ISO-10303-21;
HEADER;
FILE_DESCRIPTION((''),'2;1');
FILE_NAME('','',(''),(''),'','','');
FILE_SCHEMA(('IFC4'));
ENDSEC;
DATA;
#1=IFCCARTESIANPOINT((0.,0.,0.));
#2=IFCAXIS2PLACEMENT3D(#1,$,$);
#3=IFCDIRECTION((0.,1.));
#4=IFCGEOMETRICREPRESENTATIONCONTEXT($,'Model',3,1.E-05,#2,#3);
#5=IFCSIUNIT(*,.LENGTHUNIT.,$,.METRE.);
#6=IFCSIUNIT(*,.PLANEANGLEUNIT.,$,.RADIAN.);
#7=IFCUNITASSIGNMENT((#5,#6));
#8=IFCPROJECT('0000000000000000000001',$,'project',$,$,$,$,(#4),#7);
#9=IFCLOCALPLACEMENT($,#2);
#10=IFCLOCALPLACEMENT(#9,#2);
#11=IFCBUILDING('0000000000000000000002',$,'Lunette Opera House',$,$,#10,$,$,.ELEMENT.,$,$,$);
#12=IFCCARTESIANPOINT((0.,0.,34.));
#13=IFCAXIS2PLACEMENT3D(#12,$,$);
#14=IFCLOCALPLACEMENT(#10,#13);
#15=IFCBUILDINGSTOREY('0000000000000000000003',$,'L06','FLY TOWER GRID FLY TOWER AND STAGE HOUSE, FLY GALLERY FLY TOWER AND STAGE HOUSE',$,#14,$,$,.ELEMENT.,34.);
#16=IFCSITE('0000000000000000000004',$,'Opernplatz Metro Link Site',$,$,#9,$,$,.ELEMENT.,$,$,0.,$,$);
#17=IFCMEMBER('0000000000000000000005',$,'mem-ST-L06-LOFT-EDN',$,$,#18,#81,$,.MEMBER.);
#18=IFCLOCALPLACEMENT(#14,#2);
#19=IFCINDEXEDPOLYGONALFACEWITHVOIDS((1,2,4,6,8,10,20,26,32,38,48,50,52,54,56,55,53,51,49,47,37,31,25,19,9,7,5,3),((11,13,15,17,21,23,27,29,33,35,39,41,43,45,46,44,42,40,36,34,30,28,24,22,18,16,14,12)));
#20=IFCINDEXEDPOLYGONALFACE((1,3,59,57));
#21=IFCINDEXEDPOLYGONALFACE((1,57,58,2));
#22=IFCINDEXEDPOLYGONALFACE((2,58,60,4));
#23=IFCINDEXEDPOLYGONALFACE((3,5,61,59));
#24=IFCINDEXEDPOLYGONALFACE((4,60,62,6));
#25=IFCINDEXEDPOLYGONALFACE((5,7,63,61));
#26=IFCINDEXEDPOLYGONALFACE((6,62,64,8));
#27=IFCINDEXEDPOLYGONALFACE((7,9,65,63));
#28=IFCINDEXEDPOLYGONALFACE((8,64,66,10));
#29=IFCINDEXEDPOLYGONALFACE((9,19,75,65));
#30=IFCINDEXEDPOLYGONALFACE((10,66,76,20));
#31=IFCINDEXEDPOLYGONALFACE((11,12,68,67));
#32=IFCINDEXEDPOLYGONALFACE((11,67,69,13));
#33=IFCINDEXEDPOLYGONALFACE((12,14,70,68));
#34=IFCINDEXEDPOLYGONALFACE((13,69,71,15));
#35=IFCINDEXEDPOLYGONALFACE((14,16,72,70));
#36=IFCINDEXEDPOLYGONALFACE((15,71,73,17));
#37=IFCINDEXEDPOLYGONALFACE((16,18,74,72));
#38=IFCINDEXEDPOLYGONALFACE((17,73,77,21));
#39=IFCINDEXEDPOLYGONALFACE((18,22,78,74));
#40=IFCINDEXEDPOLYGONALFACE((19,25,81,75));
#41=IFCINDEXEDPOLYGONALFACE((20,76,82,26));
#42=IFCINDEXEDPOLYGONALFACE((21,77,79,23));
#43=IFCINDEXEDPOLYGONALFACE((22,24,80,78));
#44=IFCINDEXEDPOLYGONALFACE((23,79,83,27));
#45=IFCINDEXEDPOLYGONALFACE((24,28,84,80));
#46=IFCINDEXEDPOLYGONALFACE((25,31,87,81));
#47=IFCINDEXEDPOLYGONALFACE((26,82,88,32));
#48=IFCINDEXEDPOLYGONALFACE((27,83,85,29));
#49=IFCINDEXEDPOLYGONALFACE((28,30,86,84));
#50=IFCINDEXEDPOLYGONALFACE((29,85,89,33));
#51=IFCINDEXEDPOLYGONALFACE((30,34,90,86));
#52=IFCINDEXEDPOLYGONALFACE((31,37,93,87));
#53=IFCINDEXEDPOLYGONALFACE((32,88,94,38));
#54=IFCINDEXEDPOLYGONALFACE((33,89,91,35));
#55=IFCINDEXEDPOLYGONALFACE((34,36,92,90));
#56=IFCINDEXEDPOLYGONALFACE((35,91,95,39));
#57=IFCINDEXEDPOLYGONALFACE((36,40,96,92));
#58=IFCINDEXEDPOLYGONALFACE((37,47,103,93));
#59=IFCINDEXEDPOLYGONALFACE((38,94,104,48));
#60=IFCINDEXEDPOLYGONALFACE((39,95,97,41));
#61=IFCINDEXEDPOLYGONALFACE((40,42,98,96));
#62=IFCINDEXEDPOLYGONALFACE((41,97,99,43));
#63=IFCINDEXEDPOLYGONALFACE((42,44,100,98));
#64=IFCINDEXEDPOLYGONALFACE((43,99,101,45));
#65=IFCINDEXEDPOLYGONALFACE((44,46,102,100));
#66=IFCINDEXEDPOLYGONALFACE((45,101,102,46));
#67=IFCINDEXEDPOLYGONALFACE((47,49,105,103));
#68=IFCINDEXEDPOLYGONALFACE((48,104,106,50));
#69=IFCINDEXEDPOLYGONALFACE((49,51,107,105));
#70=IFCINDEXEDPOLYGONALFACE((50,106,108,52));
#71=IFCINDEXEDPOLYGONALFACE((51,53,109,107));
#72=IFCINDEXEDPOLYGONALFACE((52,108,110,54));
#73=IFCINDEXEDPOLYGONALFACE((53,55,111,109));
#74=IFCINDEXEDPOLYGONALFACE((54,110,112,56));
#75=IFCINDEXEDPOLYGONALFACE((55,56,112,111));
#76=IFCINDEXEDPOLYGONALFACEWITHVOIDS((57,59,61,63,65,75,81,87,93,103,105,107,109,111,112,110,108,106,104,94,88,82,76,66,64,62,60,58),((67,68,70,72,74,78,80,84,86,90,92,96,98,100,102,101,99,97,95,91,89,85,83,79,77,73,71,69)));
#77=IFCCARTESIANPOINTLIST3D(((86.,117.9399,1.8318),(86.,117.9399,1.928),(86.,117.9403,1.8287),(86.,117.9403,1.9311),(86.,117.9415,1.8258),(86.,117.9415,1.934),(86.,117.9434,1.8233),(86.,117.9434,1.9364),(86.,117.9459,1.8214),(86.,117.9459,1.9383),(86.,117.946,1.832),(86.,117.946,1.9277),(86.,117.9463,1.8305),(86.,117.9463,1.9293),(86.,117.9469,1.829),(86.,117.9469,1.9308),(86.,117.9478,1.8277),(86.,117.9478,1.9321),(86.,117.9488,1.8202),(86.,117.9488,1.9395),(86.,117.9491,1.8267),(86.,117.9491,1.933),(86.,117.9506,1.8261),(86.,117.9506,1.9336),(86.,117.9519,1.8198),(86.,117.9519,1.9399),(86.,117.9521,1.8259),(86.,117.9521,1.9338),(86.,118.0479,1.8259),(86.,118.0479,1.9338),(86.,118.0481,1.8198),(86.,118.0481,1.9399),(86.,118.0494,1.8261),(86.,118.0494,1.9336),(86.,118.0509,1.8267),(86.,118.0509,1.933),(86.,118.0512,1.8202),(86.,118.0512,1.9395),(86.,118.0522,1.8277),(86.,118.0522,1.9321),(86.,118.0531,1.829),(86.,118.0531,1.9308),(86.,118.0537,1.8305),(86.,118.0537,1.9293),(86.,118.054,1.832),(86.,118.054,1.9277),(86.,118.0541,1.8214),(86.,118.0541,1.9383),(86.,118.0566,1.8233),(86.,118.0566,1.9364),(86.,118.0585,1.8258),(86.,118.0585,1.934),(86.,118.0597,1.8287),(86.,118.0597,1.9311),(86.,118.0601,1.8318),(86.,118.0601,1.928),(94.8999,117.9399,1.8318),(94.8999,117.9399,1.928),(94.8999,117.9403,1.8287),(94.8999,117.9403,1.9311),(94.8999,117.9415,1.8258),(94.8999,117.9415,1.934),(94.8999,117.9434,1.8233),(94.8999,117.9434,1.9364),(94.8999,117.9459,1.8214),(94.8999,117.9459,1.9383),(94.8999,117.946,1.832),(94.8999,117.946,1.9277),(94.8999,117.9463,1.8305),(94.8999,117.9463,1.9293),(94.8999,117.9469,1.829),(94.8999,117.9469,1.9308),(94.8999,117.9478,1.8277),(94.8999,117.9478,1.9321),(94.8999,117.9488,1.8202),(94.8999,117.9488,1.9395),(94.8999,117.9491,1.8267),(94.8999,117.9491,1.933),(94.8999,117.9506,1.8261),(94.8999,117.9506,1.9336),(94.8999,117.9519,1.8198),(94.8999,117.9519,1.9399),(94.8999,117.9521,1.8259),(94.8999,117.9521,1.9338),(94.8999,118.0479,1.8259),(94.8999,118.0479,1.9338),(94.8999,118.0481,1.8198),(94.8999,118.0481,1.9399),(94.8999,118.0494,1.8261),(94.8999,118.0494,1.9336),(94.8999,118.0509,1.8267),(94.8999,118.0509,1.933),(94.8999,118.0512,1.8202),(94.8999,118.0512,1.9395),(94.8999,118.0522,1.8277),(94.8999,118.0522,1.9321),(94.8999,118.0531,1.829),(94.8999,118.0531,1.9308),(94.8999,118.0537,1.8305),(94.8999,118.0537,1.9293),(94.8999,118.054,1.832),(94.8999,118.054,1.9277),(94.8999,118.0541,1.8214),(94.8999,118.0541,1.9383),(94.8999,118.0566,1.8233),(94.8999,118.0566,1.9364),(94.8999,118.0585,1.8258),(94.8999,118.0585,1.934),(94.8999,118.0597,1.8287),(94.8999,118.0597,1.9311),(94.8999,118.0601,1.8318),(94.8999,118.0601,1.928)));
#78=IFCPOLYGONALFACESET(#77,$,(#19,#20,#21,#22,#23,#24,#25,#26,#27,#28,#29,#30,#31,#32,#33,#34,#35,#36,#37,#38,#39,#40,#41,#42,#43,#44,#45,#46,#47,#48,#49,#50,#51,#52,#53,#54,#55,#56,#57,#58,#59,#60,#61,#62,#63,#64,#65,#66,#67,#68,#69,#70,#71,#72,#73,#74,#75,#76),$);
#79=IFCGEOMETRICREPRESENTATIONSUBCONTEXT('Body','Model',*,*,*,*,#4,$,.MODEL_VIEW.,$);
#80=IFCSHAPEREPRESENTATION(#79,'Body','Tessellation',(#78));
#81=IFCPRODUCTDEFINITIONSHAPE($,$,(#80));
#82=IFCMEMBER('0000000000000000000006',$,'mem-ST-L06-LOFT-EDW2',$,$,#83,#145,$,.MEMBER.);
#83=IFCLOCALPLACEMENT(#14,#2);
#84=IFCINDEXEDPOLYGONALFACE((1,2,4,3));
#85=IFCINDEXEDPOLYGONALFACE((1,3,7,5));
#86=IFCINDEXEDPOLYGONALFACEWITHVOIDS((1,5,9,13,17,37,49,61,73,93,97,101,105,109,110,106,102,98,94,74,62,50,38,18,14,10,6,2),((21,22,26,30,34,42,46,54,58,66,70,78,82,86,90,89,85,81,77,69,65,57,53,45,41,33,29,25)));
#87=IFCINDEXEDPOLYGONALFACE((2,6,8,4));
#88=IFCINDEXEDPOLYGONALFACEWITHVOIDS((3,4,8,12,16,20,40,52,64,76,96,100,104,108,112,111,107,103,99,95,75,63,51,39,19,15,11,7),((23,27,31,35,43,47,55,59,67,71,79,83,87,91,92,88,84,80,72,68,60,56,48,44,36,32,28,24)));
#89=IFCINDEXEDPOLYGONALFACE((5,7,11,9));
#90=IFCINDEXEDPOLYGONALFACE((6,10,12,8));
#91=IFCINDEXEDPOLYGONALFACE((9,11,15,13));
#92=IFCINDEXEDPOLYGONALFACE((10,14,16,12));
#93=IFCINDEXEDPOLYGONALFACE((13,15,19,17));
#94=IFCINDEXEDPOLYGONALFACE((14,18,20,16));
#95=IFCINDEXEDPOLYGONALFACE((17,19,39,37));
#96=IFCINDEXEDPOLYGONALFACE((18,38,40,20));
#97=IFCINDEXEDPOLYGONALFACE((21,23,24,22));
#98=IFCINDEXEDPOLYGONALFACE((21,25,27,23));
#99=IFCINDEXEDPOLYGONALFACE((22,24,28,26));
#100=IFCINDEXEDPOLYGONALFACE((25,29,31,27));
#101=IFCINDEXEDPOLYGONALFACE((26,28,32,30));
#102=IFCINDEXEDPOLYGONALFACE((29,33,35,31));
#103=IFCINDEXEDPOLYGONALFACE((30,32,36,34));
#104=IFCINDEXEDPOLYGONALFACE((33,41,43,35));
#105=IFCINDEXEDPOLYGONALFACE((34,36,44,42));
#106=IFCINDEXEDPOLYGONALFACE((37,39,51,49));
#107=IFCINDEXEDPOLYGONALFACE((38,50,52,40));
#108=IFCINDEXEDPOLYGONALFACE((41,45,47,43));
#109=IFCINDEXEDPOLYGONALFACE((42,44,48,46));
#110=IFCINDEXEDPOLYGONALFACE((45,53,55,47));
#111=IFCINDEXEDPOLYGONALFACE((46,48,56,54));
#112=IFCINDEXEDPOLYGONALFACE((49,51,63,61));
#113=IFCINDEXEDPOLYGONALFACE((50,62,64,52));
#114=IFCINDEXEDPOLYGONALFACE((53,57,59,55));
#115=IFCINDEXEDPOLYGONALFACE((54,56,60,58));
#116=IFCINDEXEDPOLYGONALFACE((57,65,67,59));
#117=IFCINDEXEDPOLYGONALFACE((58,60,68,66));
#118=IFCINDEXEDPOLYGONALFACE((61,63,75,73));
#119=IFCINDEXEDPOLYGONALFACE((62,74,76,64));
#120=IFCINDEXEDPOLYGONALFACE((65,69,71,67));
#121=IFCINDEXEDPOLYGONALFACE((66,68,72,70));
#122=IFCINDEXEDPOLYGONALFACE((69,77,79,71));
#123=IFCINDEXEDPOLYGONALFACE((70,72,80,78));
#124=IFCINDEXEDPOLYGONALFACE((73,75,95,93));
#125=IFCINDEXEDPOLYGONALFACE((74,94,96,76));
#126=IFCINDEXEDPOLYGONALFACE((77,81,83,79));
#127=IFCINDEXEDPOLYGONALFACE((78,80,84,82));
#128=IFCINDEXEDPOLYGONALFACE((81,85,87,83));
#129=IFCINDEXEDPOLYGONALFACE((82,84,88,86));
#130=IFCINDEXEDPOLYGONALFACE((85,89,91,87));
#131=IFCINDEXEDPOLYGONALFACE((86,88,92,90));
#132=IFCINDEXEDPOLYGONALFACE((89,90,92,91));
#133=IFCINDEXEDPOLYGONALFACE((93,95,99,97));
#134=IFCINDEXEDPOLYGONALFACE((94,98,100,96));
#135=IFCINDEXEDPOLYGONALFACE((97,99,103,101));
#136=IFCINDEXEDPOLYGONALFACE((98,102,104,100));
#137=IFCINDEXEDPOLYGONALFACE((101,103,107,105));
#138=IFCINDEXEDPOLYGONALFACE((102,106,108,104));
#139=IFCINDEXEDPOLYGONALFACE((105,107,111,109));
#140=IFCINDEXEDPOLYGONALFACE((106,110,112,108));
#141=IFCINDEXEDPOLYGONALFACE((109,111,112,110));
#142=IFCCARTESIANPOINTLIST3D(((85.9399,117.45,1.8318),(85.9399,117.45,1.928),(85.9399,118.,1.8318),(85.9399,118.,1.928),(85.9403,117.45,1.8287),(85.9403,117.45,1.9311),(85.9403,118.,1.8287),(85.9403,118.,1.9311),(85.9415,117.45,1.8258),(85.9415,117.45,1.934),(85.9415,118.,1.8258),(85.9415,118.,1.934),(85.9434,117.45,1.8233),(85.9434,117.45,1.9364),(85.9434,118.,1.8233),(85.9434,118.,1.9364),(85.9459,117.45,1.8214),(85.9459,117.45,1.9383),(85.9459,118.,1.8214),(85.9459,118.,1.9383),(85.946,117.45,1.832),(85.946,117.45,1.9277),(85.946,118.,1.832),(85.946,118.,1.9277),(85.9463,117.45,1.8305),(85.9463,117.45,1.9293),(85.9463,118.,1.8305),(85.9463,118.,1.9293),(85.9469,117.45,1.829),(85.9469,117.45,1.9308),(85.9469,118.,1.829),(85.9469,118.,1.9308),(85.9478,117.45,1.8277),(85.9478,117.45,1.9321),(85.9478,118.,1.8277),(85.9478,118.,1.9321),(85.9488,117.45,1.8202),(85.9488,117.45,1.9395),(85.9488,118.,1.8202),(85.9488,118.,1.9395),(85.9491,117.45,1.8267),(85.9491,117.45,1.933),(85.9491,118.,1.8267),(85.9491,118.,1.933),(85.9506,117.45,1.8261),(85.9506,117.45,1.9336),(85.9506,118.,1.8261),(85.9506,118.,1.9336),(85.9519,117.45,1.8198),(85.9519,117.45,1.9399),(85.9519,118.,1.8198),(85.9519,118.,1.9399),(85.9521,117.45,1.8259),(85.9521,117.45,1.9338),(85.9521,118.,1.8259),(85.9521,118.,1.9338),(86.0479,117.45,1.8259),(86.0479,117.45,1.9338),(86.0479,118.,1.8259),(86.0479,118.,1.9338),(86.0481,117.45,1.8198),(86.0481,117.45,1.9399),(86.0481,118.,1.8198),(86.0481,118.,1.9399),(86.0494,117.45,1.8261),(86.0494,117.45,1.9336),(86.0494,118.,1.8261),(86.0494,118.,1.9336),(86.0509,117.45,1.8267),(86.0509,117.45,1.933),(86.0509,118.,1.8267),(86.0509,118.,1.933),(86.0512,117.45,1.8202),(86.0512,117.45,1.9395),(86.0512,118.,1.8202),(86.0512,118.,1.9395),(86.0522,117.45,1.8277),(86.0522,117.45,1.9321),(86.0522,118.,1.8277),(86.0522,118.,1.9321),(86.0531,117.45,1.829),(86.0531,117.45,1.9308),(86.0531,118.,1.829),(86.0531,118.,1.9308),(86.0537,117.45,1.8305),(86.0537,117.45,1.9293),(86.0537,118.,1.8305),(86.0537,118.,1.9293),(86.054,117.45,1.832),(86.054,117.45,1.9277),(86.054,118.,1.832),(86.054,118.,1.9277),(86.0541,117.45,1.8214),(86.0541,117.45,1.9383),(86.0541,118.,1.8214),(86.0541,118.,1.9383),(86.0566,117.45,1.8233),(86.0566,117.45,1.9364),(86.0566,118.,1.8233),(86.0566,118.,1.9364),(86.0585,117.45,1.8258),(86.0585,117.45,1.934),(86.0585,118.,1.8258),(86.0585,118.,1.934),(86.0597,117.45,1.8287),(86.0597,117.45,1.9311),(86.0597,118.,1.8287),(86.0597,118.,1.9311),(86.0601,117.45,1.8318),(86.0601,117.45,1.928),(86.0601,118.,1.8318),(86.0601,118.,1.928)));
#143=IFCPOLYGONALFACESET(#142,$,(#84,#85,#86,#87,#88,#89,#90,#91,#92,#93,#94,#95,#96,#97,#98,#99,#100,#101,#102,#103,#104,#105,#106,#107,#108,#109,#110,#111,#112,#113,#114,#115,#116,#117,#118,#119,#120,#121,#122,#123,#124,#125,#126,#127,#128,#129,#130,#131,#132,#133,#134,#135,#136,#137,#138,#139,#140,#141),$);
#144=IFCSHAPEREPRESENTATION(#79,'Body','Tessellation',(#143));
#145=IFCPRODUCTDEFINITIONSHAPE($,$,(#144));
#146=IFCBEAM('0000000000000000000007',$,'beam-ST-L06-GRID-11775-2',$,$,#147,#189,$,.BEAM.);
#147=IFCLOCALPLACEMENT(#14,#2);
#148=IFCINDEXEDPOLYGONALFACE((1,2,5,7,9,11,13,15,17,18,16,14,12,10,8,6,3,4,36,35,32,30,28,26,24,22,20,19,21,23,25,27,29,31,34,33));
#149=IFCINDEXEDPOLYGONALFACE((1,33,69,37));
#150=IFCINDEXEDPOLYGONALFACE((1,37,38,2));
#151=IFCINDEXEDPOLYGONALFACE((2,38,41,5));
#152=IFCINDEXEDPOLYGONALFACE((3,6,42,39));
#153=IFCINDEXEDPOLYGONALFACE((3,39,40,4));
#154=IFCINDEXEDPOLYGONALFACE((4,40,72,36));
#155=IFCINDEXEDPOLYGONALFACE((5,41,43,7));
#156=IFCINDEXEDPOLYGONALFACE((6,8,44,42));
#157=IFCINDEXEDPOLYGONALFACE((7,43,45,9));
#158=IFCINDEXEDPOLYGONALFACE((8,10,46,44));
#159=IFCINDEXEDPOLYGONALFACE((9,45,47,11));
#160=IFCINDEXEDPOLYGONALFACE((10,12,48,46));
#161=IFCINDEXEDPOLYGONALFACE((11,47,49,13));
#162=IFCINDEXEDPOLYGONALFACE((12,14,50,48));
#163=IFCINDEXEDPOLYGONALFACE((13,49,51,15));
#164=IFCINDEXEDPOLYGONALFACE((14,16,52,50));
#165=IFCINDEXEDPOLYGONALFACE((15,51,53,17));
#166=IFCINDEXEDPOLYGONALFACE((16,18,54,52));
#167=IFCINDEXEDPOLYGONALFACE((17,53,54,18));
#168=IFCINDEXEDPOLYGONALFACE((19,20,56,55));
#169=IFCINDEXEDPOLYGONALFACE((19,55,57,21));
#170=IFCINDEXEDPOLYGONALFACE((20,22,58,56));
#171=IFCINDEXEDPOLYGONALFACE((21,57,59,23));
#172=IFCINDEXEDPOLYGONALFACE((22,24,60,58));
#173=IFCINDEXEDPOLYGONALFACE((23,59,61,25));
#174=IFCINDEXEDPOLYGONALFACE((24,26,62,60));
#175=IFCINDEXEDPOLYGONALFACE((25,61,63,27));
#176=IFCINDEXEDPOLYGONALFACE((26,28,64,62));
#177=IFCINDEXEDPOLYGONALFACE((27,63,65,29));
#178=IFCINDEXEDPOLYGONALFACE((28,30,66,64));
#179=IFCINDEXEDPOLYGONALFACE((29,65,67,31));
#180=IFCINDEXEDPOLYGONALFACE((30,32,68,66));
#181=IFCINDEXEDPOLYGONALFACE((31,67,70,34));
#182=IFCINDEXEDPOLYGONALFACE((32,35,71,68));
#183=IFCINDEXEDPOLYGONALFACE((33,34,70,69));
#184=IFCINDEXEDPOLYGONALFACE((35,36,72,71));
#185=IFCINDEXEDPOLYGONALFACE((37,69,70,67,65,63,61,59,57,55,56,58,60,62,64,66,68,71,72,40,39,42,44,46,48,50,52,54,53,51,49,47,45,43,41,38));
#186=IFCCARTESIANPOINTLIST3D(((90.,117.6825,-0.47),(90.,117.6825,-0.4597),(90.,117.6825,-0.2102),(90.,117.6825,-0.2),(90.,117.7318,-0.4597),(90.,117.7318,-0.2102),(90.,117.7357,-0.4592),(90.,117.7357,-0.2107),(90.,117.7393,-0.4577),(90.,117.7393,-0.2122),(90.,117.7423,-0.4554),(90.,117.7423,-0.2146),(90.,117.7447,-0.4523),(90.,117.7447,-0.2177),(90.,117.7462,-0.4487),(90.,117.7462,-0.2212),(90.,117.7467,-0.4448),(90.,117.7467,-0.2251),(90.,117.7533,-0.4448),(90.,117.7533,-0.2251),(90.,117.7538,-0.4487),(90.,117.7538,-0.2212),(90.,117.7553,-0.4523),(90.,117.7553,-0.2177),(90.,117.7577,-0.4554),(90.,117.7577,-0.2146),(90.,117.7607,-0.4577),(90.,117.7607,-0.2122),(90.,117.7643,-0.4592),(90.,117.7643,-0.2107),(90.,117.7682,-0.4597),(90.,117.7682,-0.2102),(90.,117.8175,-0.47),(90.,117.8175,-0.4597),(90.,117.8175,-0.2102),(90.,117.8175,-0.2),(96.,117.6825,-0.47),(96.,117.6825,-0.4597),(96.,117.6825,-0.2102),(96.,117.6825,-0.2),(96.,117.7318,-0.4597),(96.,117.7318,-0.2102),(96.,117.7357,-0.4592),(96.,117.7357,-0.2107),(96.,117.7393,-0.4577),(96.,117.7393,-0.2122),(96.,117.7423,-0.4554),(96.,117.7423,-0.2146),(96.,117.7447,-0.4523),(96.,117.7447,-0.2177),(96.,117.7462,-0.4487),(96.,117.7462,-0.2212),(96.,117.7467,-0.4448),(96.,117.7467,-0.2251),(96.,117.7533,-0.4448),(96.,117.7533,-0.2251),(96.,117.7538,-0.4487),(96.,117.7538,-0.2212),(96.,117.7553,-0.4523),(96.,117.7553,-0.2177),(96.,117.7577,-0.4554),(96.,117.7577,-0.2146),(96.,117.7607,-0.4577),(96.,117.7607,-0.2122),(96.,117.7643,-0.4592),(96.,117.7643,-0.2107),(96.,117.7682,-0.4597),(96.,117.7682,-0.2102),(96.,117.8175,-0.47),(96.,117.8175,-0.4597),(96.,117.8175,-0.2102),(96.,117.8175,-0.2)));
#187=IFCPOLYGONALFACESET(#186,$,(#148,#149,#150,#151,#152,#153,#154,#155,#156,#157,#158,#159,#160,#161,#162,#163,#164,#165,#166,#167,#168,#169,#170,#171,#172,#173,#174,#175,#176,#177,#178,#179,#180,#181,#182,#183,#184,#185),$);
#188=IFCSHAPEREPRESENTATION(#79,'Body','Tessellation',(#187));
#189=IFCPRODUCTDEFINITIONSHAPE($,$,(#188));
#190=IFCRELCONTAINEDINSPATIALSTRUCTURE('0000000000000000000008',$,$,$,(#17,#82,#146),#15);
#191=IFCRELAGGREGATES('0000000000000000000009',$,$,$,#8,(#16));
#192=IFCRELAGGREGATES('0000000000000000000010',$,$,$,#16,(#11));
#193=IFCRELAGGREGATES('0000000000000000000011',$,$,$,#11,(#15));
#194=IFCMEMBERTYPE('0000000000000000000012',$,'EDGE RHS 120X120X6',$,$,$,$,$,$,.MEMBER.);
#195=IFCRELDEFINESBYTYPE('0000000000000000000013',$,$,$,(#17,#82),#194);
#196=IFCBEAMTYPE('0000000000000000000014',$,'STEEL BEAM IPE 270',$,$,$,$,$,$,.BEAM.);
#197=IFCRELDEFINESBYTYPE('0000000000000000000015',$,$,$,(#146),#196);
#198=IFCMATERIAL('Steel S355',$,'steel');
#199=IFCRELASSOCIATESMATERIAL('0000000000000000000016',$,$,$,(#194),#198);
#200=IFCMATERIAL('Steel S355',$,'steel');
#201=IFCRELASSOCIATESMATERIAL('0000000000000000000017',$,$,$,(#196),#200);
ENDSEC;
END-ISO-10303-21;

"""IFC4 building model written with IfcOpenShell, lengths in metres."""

from ifc_helpers import new_model, si_unit, direction, frame, origin, origin_2d, place, context, subcontext, project, spatial, hollow_rectangle, i_section, extrude, material, material_profile, profile_set, type_object, element, save


model = new_model("IFC4")

# Units and contexts
model_context = context("Model", 3, precision=1e-05, world=origin(), true_north=direction((0.0, 1.0)))
body_context = subcontext(model_context, "Body", "Model", "MODEL_VIEW")
ifc_project = project(units=[si_unit("LENGTHUNIT", "METRE"), si_unit("PLANEANGLEUNIT", "RADIAN")], contexts=[model_context])

# Site, building, storey
site_placement = place(None, origin())
site = spatial("IfcSite", under=ifc_project, at=site_placement, Name="Opernplatz Metro Link Site", CompositionType="ELEMENT", RefElevation=0.0)
building_placement = place(site_placement, origin())
building = spatial("IfcBuilding", under=site, at=building_placement, Name="Lunette Opera House", CompositionType="ELEMENT")
storey_placement = place(building_placement, frame((0.0, 0.0, 34.0)))
storey = spatial("IfcBuildingStorey", under=building, at=storey_placement, Name="L06", Description="FLY TOWER GRID FLY TOWER AND STAGE HOUSE, FLY GALLERY FLY TOWER AND STAGE HOUSE", CompositionType="ELEMENT", Elevation=34.0)

# Members
ifc_material_1 = material(Name="Steel S355", Category="steel")
ifc_material_profile_1 = material_profile(ifc_material_1, hollow_rectangle(XDim=0.1201, YDim=0.1201, WallThickness=0.0061, InnerFilletRadius=0.0061, OuterFilletRadius=0.012, at=origin_2d()), Name="RHS 120X120X6")
ifc_profile_set_1 = profile_set([ifc_material_profile_1], Name="Steel S355")
member_type_1 = type_object("IfcMemberType", Name="EDGE RHS 120X120X6", PredefinedType="MEMBER", material=ifc_profile_set_1)
member_1_placement = place(storey_placement, frame((86.0, 118.0, 1.8799), z_axis=(1.0, 0.0, 0.0), x_axis=(0.0, 1.0, 0.0)))
element("IfcMember", 1, at=member_1_placement, inside=storey, type_object=member_type_1, Name="mem-ST-L06-LOFT-EDN", PredefinedType="MEMBER", context=body_context, shape_type="SweptSolid", body=[
    extrude(hollow_rectangle(XDim=0.1201, YDim=0.1201, WallThickness=0.0061, InnerFilletRadius=0.0061, OuterFilletRadius=0.012, at=origin_2d()), origin(), (0.0, 0.0, 1.0), 8.8999),
])
member_2_placement = place(storey_placement, frame((86.0, 117.45, 1.8799), z_axis=(0.0, 1.0, 0.0), x_axis=(-1.0, 0.0, 0.0)))
element("IfcMember", 2, at=member_2_placement, inside=storey, type_object=member_type_1, Name="mem-ST-L06-LOFT-EDW2", PredefinedType="MEMBER", context=body_context, shape_type="SweptSolid", body=[
    extrude(hollow_rectangle(XDim=0.1201, YDim=0.1201, WallThickness=0.0061, InnerFilletRadius=0.0061, OuterFilletRadius=0.012, at=origin_2d()), origin(), (0.0, 0.0, 1.0), 0.55),
])

# Beam
ifc_material_2 = material(Name="Steel S355", Category="steel")
ifc_material_profile_2 = material_profile(ifc_material_2, i_section(OverallWidth=0.135, OverallDepth=0.27, WebThickness=0.0066, FlangeThickness=0.0103, FilletRadius=0.0149, at=origin_2d()), Name="IPE 270")
ifc_profile_set_2 = profile_set([ifc_material_profile_2], Name="Steel S355")
beam_type = type_object("IfcBeamType", Name="STEEL BEAM IPE 270", PredefinedType="BEAM", material=ifc_profile_set_2)
for number, where, z_axis, x_axis, name in (
    (3, (90.0, 117.75, -0.335), (1.0, 0.0, 0.0), (0.0, 1.0, 0.0), "beam-ST-L06-GRID-11775-2"),
):
    element("IfcBeam", number, at=place(storey_placement, frame(where, z_axis=z_axis, x_axis=x_axis)), inside=storey, type_object=beam_type, Name=name, PredefinedType="BEAM", context=body_context, shape_type="SweptSolid", body=[
        extrude(i_section(OverallWidth=0.135, OverallDepth=0.27, WebThickness=0.0066, FlangeThickness=0.0103, FilletRadius=0.0149, at=origin_2d()), origin(), (0.0, 0.0, 1.0), 6.0),
    ])

save(model, "model.ifc")
